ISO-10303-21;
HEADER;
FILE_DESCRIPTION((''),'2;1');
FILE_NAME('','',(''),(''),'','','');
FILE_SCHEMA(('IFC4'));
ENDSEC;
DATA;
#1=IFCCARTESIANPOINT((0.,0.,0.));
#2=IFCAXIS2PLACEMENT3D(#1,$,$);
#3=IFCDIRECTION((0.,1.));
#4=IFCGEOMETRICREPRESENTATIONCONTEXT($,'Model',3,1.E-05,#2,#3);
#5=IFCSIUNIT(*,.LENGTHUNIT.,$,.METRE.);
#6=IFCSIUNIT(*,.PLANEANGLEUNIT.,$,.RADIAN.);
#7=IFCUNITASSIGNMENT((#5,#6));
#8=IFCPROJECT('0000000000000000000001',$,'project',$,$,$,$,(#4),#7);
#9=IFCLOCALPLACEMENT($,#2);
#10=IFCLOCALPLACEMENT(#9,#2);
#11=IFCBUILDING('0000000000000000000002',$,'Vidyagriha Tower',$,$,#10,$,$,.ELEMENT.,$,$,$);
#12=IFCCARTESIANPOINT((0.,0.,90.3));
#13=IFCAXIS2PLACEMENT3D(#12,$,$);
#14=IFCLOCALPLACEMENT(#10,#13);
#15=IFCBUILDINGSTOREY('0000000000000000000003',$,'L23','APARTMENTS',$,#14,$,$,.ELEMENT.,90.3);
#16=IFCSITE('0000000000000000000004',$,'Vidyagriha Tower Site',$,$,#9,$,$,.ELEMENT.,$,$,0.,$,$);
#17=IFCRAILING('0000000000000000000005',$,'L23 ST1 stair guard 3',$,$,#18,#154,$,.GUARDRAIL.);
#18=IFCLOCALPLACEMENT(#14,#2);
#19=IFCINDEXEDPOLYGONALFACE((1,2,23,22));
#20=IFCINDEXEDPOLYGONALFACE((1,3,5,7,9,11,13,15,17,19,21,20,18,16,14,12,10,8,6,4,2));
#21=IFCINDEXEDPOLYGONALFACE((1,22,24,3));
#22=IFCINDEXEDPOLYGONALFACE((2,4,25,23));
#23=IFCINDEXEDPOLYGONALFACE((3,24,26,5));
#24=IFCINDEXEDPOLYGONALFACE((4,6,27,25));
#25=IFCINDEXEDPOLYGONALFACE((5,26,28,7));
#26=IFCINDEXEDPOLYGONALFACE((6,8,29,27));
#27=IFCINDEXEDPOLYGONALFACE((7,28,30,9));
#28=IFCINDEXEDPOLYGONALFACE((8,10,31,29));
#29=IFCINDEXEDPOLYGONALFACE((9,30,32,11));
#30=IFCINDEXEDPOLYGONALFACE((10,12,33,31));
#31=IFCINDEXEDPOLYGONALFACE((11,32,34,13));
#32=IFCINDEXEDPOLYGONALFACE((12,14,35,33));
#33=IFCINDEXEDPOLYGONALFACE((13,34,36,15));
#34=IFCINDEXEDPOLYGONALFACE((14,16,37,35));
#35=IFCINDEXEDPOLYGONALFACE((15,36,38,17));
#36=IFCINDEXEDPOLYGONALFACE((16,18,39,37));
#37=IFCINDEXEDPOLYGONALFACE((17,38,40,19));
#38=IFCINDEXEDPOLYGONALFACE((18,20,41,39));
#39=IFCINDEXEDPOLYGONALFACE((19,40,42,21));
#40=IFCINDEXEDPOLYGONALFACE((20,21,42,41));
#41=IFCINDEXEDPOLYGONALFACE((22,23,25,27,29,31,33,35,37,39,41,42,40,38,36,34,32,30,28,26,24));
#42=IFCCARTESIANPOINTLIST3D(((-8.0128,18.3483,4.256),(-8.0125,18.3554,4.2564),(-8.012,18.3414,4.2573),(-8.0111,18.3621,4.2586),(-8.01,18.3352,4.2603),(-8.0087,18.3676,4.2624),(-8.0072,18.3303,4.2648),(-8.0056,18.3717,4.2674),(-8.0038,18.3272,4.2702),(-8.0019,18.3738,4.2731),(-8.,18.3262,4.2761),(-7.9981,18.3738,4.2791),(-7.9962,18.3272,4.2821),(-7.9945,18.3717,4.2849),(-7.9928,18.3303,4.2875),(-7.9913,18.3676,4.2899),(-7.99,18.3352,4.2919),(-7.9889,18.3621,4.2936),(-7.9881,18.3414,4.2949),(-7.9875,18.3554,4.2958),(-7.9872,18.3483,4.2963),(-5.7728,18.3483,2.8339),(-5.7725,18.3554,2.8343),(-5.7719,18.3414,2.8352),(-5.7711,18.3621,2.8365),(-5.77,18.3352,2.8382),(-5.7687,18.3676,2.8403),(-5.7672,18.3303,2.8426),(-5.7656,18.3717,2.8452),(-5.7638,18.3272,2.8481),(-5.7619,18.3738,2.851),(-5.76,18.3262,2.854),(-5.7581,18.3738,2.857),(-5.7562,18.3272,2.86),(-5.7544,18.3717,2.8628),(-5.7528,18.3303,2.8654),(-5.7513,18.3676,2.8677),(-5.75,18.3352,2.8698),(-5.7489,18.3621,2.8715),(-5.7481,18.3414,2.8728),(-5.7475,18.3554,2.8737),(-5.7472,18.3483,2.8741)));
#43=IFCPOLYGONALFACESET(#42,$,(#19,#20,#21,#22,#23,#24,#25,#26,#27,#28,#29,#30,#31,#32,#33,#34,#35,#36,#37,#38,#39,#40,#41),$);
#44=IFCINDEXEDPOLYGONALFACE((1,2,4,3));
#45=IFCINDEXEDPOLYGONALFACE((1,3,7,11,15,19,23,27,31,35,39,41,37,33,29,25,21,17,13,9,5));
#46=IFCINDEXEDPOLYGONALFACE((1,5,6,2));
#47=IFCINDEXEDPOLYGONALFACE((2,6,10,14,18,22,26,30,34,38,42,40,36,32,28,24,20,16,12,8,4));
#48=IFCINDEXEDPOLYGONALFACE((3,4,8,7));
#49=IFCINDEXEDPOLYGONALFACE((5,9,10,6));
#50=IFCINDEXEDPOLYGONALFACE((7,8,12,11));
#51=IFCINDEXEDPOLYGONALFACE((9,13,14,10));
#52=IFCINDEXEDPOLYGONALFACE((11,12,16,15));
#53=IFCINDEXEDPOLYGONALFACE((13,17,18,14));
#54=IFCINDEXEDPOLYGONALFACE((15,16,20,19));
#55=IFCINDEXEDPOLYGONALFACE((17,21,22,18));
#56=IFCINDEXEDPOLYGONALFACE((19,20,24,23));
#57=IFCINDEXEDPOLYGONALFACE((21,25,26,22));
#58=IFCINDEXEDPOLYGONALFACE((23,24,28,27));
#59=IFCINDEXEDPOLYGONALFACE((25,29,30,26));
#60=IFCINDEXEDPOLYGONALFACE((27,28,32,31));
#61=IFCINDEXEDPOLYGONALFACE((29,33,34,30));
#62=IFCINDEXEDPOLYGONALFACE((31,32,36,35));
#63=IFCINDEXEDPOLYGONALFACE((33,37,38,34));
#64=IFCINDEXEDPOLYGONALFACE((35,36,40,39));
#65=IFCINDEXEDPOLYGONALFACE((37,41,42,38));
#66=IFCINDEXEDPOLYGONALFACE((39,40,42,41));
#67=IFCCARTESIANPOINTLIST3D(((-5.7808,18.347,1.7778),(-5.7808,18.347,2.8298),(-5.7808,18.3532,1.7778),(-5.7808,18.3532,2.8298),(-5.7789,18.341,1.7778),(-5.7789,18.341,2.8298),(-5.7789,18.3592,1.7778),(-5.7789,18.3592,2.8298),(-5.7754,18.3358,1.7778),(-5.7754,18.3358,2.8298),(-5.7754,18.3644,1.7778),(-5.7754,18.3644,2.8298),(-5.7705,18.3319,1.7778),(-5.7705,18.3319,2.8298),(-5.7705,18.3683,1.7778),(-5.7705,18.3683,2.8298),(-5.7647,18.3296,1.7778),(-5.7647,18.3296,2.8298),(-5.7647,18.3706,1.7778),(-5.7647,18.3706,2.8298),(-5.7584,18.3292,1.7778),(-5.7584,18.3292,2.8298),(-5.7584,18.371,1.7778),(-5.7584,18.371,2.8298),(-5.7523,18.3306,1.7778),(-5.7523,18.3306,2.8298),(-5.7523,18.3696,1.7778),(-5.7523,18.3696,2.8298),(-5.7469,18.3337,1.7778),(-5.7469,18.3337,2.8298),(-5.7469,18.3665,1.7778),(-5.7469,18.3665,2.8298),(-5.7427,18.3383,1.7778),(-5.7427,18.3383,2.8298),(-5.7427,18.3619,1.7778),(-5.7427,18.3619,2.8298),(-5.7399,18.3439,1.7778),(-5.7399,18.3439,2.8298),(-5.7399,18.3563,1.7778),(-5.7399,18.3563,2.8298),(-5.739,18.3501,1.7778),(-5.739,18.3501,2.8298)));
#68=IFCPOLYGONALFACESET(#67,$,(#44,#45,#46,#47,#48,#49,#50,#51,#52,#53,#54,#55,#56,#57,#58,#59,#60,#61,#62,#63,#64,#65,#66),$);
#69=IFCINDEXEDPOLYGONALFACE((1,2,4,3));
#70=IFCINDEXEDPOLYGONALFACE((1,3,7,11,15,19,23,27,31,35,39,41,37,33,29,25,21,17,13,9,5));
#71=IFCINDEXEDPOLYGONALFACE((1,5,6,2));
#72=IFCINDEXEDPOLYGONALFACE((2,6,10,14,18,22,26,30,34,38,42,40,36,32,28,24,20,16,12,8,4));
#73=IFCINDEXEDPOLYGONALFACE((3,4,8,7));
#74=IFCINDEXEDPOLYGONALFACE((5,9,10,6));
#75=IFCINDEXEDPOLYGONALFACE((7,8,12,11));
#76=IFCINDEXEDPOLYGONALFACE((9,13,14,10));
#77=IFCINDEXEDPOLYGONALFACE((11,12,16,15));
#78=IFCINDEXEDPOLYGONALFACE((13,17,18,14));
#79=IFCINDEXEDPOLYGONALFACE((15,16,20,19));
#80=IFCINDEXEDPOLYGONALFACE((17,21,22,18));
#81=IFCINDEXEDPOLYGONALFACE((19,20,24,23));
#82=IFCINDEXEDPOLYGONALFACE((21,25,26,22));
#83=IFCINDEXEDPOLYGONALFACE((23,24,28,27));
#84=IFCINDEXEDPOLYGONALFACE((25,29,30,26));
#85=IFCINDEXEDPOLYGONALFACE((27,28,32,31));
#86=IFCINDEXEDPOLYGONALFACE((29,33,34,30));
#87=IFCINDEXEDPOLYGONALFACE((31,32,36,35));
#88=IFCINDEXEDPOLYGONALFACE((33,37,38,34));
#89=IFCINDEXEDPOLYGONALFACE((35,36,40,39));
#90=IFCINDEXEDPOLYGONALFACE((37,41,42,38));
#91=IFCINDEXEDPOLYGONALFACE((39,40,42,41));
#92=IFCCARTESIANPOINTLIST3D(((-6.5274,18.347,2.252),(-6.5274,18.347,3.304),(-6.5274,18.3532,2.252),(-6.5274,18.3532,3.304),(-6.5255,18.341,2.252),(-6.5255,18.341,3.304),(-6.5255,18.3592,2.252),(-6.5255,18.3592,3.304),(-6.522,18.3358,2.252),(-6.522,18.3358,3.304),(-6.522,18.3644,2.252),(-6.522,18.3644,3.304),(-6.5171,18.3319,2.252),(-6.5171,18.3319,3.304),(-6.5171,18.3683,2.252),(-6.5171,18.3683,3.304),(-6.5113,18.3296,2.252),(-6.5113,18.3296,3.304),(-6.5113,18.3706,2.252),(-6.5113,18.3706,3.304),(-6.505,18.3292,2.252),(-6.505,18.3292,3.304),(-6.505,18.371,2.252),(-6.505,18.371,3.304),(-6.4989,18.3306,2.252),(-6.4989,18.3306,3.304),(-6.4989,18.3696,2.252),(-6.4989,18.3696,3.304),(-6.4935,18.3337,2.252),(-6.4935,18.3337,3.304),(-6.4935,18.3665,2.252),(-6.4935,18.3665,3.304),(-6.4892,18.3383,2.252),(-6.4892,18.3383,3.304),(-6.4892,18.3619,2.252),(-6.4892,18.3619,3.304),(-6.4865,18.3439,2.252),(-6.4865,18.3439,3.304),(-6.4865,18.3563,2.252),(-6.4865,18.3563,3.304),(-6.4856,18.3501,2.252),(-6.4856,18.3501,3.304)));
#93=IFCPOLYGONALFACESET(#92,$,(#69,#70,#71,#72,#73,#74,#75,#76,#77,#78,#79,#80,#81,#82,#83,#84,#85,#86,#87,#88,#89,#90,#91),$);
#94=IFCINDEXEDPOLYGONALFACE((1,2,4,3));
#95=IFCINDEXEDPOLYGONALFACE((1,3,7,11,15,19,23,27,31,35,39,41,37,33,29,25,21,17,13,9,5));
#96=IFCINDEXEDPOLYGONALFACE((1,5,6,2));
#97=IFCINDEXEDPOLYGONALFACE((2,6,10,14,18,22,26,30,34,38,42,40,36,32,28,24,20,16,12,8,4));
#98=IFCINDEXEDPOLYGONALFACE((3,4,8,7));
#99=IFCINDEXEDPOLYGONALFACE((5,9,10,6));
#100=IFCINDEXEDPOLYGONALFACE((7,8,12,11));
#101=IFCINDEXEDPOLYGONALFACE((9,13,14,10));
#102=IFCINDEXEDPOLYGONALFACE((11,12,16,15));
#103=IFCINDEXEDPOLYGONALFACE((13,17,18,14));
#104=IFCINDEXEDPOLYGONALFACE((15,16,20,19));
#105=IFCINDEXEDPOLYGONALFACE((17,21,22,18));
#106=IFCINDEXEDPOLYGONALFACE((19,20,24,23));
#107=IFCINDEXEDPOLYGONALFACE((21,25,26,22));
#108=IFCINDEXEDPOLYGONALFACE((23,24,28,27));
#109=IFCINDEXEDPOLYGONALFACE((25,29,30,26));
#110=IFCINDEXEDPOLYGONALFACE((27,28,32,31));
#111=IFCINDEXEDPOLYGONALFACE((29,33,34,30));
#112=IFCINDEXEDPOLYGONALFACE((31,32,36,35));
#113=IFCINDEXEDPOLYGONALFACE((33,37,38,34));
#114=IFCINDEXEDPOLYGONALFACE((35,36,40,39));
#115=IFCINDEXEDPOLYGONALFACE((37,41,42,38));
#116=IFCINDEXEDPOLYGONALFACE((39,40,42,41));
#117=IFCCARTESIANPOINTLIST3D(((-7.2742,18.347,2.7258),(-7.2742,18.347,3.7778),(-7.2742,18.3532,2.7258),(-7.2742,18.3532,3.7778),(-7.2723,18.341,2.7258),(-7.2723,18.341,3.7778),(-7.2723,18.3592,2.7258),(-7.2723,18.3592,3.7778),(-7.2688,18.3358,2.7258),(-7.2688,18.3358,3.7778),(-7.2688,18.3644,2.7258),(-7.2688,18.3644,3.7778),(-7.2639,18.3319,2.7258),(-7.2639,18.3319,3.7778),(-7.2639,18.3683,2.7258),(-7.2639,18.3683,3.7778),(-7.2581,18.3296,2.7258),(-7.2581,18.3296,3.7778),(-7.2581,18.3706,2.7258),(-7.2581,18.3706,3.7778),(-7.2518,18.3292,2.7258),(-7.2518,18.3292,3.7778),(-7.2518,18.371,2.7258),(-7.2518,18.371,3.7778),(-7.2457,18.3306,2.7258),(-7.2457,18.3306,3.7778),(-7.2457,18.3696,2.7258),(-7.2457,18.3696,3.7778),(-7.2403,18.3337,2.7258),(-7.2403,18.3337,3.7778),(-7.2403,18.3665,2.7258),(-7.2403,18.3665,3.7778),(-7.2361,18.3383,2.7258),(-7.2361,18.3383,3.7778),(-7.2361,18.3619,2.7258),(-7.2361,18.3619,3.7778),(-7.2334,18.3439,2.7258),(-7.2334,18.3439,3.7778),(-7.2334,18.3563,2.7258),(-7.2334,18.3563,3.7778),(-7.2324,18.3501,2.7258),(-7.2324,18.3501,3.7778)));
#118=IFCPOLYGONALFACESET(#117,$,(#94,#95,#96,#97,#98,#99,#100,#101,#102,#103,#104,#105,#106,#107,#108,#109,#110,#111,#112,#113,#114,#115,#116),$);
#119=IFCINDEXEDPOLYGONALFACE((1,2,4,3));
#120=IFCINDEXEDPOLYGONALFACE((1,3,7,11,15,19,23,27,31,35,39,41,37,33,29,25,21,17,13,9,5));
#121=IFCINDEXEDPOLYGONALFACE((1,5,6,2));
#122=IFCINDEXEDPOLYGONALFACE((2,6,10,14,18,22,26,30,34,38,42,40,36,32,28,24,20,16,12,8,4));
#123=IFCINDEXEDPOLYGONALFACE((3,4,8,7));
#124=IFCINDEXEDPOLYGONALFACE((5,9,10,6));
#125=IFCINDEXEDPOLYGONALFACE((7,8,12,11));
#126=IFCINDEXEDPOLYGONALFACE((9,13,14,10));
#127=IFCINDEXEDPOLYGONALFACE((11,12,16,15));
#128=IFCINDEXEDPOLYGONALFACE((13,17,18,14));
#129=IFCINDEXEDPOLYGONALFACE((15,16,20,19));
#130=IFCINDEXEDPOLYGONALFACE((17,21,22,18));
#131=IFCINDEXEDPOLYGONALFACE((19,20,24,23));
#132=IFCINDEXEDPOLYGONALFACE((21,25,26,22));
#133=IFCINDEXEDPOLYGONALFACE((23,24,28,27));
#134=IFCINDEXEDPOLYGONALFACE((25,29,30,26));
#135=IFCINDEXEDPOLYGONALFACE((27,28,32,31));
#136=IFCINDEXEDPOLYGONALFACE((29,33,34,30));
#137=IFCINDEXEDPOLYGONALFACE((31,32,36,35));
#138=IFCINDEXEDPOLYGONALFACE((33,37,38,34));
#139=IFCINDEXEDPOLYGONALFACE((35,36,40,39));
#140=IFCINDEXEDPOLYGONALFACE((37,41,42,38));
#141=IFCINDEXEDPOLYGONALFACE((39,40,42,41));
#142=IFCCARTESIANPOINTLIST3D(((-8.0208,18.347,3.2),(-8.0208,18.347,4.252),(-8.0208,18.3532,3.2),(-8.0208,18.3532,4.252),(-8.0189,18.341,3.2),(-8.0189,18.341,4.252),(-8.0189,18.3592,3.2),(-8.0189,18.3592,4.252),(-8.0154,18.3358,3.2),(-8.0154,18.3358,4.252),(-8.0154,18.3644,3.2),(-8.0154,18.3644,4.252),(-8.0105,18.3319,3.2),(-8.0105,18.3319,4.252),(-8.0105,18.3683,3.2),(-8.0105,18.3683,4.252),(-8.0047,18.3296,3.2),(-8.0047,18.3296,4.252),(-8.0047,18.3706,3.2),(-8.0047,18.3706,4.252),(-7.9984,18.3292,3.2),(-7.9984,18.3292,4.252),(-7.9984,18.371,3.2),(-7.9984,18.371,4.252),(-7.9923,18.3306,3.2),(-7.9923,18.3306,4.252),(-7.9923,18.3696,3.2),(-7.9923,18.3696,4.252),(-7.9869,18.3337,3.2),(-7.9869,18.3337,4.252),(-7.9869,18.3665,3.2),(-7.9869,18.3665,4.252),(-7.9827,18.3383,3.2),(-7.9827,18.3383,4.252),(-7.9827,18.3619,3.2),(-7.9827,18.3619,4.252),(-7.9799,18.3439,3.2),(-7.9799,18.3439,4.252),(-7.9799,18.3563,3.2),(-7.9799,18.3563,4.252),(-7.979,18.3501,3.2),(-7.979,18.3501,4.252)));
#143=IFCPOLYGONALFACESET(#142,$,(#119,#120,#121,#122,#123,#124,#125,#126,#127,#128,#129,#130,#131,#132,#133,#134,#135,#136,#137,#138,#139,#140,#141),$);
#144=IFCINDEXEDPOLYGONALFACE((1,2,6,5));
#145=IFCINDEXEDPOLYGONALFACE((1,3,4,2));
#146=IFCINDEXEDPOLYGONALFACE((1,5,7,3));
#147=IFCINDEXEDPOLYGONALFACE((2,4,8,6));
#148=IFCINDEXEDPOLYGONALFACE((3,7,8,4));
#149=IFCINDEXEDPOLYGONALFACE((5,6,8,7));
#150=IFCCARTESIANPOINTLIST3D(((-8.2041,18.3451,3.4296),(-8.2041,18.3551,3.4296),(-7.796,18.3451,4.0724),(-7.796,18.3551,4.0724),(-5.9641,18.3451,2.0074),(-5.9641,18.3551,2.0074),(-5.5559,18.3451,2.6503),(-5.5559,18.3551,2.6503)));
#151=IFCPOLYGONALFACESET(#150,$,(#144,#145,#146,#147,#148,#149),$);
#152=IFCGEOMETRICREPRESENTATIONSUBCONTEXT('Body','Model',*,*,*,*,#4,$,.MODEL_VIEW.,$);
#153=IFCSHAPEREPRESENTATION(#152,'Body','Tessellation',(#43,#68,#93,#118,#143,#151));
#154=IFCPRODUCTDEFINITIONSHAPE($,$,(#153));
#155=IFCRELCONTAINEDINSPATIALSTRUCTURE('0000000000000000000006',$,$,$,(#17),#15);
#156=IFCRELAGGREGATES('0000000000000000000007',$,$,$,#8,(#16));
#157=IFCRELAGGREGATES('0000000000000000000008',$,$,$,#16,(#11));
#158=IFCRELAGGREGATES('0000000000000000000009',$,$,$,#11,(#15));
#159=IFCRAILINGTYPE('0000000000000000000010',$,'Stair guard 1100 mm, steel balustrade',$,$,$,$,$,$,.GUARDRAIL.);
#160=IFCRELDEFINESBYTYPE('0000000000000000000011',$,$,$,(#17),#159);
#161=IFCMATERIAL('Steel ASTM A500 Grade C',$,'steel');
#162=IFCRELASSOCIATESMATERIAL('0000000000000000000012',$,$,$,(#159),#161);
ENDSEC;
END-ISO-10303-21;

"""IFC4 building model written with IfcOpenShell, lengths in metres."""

from ifc_helpers import new_model, si_unit, direction, frame, origin, origin_2d, place, context, subcontext, project, spatial, rectangle, circle, extrude, material, type_object, element, save


model = new_model("IFC4")

# Units and contexts
model_context = context("Model", 3, precision=1e-05, world=origin(), true_north=direction((0.0, 1.0)))
body_context = subcontext(model_context, "Body", "Model", "MODEL_VIEW")
ifc_project = project(units=[si_unit("LENGTHUNIT", "METRE"), si_unit("PLANEANGLEUNIT", "RADIAN")], contexts=[model_context])

# Site, building, storey
site_placement = place(None, origin())
site = spatial("IfcSite", under=ifc_project, at=site_placement, Name="Vidyagriha Tower Site", CompositionType="ELEMENT", RefElevation=0.0)
building_placement = place(site_placement, origin())
building = spatial("IfcBuilding", under=site, at=building_placement, Name="Vidyagriha Tower", CompositionType="ELEMENT")
storey_placement = place(building_placement, frame((0.0, 0.0, 90.3)))
storey = spatial("IfcBuildingStorey", under=building, at=storey_placement, Name="L23", Description="APARTMENTS", CompositionType="ELEMENT", Elevation=90.3)

# Railing
ifc_material_1 = material(Name="Steel ASTM A500 Grade C", Category="steel")
railing_type_1 = type_object("IfcRailingType", Name="Stair guard 1100 mm, steel balustrade", PredefinedType="GUARDRAIL", material=ifc_material_1)
railing_1_placement = place(storey_placement, frame((-5.76, 18.3501, 1.7778)))
element("IfcRailing", 1, at=railing_1_placement, inside=storey, type_object=railing_type_1, Name="L23 ST1 stair guard 3", PredefinedType="GUARDRAIL", context=body_context, shape_type="SweptSolid", body=[
    extrude(circle(Radius=0.0239, at=origin_2d()), frame((0.0, 0.0, 1.0762), z_axis=(-0.844229, 0.0, 0.535982), x_axis=(0.0, -1.0, 0.0)), (0.0, 0.0, 1.0), 2.6533),
    extrude(circle(Radius=0.021, at=origin_2d()), origin(), (0.0, 0.0, 1.0), 1.052),
    extrude(circle(Radius=0.021, at=origin_2d()), frame((-0.7466, 0.0, 0.4741)), (0.0, 0.0, 1.0), 1.052),
    extrude(circle(Radius=0.021, at=origin_2d()), frame((-1.4934, 0.0, 0.948)), (0.0, 0.0, 1.0), 1.052),
    extrude(circle(Radius=0.021, at=origin_2d()), frame((-2.24, 0.0, 1.4221)), (0.0, 0.0, 1.0), 1.052),
    extrude(rectangle(XDim=0.01, YDim=0.7615, at=origin_2d()), frame((0.0, 0.0, 0.551), z_axis=(-0.844229, 0.0, 0.535982), x_axis=(0.0, -1.0, 0.0)), (0.0, 0.0, 1.0), 2.6533),
])

save(model, "model.ifc")
